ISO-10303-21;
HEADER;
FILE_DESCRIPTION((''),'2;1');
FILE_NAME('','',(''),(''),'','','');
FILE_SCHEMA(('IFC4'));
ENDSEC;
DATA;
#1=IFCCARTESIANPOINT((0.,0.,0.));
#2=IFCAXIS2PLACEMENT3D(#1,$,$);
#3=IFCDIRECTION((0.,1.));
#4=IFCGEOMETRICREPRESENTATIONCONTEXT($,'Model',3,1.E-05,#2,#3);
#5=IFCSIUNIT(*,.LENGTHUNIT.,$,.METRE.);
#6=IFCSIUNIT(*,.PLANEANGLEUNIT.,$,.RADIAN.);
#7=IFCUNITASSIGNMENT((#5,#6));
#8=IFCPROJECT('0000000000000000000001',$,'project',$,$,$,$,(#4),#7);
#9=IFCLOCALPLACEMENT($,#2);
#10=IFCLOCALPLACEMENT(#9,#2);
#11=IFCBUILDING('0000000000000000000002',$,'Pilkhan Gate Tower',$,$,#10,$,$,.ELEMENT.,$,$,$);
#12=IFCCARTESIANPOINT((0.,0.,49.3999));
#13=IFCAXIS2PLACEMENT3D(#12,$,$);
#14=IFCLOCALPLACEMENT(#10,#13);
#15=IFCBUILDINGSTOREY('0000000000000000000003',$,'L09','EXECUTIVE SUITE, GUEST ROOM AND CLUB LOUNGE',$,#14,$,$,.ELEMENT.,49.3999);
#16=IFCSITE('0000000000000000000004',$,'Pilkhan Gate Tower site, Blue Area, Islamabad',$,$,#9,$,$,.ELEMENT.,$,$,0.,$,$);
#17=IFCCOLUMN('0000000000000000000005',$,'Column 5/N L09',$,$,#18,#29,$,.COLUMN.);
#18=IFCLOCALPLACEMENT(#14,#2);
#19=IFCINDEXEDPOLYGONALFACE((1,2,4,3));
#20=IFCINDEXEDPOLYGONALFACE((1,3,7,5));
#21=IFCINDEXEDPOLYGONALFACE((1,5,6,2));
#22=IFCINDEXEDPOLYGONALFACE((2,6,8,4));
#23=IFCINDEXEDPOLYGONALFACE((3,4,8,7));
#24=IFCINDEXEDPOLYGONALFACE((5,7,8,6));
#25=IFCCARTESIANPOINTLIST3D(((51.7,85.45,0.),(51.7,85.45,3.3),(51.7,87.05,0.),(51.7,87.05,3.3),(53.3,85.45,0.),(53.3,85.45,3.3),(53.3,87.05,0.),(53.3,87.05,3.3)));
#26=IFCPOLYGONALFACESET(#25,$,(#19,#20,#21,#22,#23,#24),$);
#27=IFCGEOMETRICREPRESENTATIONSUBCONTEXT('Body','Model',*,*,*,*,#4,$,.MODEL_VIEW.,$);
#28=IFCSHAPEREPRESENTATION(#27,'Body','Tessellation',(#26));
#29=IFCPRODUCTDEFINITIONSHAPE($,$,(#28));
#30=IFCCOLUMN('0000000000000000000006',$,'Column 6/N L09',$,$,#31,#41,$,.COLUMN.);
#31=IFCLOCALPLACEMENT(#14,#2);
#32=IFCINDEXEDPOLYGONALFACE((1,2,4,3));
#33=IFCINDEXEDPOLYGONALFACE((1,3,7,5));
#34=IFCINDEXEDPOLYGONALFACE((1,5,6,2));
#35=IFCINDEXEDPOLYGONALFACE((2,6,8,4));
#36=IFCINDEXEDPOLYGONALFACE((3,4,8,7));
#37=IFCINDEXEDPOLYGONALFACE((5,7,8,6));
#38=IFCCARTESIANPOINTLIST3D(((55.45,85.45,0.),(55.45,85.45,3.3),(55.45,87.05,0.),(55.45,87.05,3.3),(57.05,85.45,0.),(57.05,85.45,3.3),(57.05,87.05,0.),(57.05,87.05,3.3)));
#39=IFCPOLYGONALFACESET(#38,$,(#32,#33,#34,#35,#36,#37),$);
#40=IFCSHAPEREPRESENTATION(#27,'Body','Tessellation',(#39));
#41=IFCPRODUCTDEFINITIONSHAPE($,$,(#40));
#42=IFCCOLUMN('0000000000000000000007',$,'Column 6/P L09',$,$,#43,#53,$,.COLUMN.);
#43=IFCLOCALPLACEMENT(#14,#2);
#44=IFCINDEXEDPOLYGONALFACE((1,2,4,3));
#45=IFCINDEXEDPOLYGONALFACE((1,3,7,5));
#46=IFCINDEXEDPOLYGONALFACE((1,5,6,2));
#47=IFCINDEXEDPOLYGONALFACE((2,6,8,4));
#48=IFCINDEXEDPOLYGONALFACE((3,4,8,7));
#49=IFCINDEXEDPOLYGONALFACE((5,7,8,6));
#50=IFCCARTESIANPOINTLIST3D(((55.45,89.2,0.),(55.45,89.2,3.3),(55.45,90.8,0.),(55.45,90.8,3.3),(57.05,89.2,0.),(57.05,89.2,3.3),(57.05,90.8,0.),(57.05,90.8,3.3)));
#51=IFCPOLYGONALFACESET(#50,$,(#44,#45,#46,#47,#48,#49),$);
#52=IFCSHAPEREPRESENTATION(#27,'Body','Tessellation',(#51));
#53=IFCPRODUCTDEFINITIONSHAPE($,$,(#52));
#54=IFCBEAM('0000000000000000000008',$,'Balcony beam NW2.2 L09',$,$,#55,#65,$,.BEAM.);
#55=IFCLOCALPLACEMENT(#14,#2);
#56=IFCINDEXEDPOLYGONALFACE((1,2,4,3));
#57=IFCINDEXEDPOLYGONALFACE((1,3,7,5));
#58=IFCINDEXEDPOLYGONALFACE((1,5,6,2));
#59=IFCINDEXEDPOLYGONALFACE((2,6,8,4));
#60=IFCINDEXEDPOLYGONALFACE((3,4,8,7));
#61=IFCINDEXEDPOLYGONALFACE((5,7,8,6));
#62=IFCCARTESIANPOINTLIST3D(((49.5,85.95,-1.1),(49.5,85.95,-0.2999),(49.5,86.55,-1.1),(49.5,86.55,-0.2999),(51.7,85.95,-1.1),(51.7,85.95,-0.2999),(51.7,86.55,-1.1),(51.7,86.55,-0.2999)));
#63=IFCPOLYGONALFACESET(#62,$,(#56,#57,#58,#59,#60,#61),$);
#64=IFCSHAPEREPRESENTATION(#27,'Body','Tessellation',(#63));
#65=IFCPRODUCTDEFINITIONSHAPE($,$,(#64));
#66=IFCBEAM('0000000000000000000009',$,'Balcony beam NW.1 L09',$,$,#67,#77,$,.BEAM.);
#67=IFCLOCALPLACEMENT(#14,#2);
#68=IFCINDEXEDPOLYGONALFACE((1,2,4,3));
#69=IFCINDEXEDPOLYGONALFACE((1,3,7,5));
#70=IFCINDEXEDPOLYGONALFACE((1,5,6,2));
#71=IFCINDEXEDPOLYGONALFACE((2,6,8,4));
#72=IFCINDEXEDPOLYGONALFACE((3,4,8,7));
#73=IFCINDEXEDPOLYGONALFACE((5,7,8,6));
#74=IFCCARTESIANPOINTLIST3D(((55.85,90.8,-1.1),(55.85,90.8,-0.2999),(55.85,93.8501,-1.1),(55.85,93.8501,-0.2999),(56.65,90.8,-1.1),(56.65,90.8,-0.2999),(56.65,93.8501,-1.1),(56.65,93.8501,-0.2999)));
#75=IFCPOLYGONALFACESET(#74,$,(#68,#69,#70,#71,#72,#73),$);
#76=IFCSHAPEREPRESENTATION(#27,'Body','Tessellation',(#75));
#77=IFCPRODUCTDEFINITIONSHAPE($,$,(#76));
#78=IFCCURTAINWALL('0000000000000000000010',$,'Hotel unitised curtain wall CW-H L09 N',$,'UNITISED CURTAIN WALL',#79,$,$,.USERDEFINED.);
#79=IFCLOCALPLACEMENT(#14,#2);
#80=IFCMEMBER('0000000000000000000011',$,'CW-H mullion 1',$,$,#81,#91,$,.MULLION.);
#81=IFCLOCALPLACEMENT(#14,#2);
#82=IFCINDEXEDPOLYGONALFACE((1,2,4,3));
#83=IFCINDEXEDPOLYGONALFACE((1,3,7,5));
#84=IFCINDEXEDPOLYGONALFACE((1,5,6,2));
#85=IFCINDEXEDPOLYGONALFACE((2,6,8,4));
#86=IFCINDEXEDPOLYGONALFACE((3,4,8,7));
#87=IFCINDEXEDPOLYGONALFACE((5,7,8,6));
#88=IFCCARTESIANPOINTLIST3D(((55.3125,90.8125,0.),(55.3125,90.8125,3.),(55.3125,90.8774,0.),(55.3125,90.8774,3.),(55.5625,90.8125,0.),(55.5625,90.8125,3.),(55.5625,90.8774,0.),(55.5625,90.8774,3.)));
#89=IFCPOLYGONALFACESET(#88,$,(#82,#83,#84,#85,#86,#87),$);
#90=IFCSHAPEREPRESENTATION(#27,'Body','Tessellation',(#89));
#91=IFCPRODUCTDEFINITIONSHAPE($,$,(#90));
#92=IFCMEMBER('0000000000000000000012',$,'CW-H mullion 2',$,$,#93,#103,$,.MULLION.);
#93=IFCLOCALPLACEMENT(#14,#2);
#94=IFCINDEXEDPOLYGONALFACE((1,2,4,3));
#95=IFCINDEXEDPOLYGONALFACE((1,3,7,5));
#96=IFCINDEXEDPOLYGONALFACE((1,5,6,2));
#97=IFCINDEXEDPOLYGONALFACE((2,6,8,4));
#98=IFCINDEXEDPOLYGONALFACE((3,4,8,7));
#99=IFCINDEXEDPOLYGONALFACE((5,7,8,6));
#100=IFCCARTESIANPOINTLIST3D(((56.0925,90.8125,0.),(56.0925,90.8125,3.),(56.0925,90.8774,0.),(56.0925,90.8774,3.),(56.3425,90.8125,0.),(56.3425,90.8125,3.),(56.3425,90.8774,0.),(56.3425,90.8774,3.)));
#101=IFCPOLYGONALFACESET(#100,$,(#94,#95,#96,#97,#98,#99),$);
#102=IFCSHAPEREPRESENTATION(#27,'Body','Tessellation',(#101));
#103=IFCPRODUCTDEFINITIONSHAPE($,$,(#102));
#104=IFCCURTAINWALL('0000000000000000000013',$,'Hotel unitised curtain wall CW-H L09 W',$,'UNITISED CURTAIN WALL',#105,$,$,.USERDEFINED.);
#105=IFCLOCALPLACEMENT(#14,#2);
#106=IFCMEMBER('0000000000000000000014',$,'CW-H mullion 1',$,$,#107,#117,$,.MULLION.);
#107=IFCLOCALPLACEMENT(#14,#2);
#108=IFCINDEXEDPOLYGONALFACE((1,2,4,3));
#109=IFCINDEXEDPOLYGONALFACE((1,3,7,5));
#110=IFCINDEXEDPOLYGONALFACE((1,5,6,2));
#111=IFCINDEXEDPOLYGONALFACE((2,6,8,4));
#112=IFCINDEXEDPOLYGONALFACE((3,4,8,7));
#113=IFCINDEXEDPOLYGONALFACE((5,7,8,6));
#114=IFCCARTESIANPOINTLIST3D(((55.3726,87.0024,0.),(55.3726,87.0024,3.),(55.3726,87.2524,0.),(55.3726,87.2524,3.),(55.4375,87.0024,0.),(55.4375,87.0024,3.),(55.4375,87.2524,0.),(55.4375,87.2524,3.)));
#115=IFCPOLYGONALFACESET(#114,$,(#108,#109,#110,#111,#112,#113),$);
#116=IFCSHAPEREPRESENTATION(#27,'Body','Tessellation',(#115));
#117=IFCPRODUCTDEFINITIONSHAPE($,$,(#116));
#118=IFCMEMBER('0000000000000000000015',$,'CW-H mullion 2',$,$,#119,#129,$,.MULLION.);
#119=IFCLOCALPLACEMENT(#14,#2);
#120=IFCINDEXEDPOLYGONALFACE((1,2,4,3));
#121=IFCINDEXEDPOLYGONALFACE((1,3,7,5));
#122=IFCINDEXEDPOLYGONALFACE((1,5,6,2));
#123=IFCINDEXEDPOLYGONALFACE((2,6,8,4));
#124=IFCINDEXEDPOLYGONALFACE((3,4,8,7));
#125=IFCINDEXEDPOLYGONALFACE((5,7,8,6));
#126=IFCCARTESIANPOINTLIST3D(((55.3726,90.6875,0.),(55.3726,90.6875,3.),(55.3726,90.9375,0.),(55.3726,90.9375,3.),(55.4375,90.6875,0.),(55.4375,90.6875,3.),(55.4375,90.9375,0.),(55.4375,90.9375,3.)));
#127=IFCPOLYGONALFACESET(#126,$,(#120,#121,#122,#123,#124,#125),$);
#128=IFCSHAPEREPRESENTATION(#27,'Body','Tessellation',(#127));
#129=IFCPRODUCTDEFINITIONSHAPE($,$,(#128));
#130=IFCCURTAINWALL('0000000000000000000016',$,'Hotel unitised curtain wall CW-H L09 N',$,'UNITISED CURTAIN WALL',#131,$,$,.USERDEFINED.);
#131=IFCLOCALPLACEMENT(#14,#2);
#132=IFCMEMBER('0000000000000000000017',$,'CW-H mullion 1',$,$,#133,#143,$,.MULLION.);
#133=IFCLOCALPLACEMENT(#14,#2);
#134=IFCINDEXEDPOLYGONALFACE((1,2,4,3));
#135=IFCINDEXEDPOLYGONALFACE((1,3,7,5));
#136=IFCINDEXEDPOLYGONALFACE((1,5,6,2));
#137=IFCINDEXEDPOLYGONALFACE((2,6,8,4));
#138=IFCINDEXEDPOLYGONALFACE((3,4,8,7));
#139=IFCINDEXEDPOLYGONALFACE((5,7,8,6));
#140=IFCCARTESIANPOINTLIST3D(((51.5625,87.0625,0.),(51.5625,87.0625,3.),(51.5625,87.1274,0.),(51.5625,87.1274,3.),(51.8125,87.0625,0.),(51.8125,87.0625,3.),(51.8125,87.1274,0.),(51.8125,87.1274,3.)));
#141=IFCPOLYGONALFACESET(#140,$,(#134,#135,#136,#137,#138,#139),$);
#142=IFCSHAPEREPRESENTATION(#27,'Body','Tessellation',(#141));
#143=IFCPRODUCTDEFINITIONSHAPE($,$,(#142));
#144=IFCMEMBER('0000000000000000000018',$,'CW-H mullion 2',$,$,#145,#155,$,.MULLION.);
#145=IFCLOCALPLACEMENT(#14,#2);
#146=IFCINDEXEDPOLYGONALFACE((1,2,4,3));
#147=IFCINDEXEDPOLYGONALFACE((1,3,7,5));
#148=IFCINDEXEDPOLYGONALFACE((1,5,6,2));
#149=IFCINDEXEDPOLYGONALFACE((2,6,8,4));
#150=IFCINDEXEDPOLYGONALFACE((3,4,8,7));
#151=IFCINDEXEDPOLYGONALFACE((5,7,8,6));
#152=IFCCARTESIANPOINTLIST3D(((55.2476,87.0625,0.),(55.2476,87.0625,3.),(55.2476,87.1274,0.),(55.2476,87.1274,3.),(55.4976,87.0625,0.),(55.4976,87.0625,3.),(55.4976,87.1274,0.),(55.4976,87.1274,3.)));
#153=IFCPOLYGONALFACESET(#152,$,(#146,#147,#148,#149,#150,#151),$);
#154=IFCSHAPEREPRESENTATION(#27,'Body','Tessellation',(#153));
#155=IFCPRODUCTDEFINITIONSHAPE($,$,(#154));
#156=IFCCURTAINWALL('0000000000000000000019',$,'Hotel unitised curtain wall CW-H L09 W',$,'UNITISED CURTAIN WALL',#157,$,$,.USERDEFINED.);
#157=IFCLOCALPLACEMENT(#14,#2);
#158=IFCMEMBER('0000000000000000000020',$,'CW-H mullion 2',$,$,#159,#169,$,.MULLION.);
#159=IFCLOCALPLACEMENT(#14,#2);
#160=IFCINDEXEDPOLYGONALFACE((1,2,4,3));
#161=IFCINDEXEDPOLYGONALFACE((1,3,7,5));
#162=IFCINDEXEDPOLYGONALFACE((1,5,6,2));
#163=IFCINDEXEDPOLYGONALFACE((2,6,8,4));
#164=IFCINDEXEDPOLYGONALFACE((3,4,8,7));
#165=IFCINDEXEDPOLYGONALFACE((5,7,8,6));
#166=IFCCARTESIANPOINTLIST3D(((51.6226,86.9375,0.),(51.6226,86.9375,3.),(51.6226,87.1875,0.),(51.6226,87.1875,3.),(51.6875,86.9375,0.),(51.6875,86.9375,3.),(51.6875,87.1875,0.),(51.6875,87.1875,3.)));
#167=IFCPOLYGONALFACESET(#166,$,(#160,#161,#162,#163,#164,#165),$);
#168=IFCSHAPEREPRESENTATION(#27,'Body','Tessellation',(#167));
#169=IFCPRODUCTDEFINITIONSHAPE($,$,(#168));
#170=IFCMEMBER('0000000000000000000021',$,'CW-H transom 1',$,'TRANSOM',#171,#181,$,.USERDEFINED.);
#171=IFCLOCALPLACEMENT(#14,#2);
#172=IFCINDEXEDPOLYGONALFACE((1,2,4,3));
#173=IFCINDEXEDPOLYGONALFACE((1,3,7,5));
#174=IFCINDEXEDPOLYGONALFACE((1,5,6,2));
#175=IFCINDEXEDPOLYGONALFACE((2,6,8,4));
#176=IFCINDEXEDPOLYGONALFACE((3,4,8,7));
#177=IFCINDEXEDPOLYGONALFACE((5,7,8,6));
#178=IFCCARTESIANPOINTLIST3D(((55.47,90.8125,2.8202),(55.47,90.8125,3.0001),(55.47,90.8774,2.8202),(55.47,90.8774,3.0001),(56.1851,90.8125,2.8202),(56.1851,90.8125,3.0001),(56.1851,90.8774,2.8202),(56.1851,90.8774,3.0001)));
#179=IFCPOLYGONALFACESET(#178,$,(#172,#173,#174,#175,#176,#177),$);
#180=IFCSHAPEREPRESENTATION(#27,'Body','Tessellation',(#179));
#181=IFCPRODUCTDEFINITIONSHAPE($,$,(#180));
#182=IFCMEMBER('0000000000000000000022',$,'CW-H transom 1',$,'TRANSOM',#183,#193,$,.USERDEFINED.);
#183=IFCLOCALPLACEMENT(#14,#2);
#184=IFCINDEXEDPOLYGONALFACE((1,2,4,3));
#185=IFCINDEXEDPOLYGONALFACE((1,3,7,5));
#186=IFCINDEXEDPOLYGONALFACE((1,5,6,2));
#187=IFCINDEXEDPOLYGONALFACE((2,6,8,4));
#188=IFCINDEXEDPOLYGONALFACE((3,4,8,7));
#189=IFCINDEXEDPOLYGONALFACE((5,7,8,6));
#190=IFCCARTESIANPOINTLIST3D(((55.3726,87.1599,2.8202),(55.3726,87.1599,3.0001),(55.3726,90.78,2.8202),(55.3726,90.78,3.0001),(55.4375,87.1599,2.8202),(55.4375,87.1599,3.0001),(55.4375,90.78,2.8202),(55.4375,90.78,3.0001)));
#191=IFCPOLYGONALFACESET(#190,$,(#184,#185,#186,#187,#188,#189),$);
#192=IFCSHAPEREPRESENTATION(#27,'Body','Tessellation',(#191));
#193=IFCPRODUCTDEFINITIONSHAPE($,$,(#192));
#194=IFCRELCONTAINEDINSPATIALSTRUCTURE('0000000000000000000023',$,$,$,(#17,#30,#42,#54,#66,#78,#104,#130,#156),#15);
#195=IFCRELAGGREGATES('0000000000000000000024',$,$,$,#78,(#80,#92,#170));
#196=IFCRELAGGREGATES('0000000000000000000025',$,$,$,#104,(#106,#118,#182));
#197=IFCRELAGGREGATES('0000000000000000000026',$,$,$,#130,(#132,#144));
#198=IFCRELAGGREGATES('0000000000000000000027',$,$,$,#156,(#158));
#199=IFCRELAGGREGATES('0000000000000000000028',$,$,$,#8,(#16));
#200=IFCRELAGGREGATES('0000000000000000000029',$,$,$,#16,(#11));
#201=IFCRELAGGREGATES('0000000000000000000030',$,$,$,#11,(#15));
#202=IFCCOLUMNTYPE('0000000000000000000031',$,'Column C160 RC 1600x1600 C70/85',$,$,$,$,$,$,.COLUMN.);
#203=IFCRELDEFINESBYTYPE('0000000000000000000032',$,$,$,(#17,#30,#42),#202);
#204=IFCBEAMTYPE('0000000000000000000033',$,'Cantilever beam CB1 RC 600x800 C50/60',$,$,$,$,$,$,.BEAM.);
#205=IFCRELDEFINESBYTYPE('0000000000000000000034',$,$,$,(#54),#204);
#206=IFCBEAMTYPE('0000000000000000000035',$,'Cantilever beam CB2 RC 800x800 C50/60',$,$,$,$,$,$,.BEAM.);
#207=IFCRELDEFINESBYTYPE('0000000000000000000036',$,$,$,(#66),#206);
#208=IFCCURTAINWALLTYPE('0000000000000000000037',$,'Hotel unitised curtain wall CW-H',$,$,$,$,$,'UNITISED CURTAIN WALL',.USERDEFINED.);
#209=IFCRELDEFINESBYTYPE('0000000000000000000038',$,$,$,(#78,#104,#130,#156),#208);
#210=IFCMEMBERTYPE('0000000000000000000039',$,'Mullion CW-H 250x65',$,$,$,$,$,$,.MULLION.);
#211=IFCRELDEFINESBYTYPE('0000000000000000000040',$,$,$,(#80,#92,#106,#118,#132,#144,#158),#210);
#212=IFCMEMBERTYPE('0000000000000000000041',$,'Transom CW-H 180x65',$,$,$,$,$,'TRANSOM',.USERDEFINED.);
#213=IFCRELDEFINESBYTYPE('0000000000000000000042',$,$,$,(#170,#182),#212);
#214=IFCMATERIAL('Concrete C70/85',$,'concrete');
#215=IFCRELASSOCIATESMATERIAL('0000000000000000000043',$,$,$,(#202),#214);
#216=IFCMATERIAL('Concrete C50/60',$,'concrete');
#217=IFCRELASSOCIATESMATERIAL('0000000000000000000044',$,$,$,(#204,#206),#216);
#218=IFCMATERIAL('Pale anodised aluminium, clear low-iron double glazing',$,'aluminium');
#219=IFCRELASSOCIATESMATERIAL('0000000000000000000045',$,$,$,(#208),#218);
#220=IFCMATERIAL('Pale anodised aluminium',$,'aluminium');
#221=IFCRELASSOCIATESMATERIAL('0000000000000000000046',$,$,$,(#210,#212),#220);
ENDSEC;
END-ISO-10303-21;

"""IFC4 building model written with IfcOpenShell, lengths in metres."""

from ifc_helpers import new_model, si_unit, direction, frame, origin, origin_2d, place, context, subcontext, project, spatial, rectangle, extrude, material, material_profile, profile_set, type_object, element, aggregate, save


model = new_model("IFC4")

# Units and contexts
model_context = context("Model", 3, precision=1e-05, world=origin(), true_north=direction((0.0, 1.0)))
body_context = subcontext(model_context, "Body", "Model", "MODEL_VIEW")
ifc_project = project(units=[si_unit("LENGTHUNIT", "METRE"), si_unit("PLANEANGLEUNIT", "RADIAN")], contexts=[model_context])

# Site, building, storey
site_placement = place(None, origin())
site = spatial("IfcSite", under=ifc_project, at=site_placement, Name="Pilkhan Gate Tower site, Blue Area, Islamabad", CompositionType="ELEMENT", RefElevation=0.0)
building_placement = place(site_placement, origin())
building = spatial("IfcBuilding", under=site, at=building_placement, Name="Pilkhan Gate Tower", CompositionType="ELEMENT")
storey_placement = place(building_placement, frame((0.0, 0.0, 49.3999)))
storey = spatial("IfcBuildingStorey", under=building, at=storey_placement, Name="L09", Description="EXECUTIVE SUITE, GUEST ROOM AND CLUB LOUNGE", CompositionType="ELEMENT", Elevation=49.3999)

# Columns
ifc_material_1 = material(Name="Concrete C70/85", Category="concrete")
ifc_material_profile_1 = material_profile(ifc_material_1, rectangle(XDim=1.6001, YDim=1.6001, at=origin_2d()), Name="RC 1600x1600")
ifc_profile_set_1 = profile_set([ifc_material_profile_1], Name="Concrete C70/85")
column_type = type_object("IfcColumnType", Name="Column C160 RC 1600x1600 C70/85", PredefinedType="COLUMN", material=ifc_profile_set_1)
for number, where, z_axis, x_axis, name in (
    (1, (52.5, 86.25, 0.0), (0.0, 0.0, 1.0), (1.0, 0.0, 0.0), "Column 5/N L09"),
    (2, (56.25, 86.25, 0.0), (0.0, 0.0, 1.0), (1.0, 0.0, 0.0), "Column 6/N L09"),
    (3, (56.25, 90.0, 0.0), (0.0, 0.0, 1.0), (1.0, 0.0, 0.0), "Column 6/P L09"),
):
    element("IfcColumn", number, at=place(storey_placement, frame(where, z_axis=z_axis, x_axis=x_axis)), inside=storey, type_object=column_type, Name=name, PredefinedType="COLUMN", context=body_context, shape_type="SweptSolid", body=[
        extrude(rectangle(XDim=1.6001, YDim=1.6001, at=origin_2d()), origin(), (0.0, 0.0, 1.0), 3.3),
    ])

# Beams
ifc_material_2 = material(Name="Concrete C50/60", Category="concrete")
ifc_material_profile_2 = material_profile(ifc_material_2, rectangle(XDim=0.6001, YDim=0.8, at=origin_2d()), Name="RC 600x800")
ifc_profile_set_2 = profile_set([ifc_material_profile_2], Name="Concrete C50/60")
beam_type_1 = type_object("IfcBeamType", Name="Cantilever beam CB1 RC 600x800 C50/60", PredefinedType="BEAM", material=ifc_profile_set_2)
beam_1_placement = place(storey_placement, frame((51.7, 86.25, -0.7), z_axis=(-1.0, 0.0, 0.0), x_axis=(0.0, -1.0, 0.0)))
element("IfcBeam", 4, at=beam_1_placement, inside=storey, type_object=beam_type_1, Name="Balcony beam NW2.2 L09", PredefinedType="BEAM", context=body_context, shape_type="SweptSolid", body=[
    extrude(rectangle(XDim=0.6001, YDim=0.8, at=origin_2d()), origin(), (0.0, 0.0, 1.0), 2.2),
])
ifc_material_profile_3 = material_profile(ifc_material_2, rectangle(XDim=0.8, YDim=0.8, at=origin_2d()), Name="RC 800x800")
ifc_profile_set_3 = profile_set([ifc_material_profile_3], Name="Concrete C50/60")
beam_type_2 = type_object("IfcBeamType", Name="Cantilever beam CB2 RC 800x800 C50/60", PredefinedType="BEAM", material=ifc_profile_set_3)
beam_2_placement = place(storey_placement, frame((56.25, 90.8, -0.7), z_axis=(0.0, 1.0, 0.0), x_axis=(-1.0, 0.0, 0.0)))
element("IfcBeam", 5, at=beam_2_placement, inside=storey, type_object=beam_type_2, Name="Balcony beam NW.1 L09", PredefinedType="BEAM", context=body_context, shape_type="SweptSolid", body=[
    extrude(rectangle(XDim=0.8, YDim=0.8, at=origin_2d()), origin(), (0.0, 0.0, 1.0), 3.05),
])

# Curtain walls, members
ifc_material_3 = material(Name="Pale anodised aluminium, clear low-iron double glazing", Category="aluminium")
curtain_wall_type = type_object("IfcCurtainWallType", Name="Hotel unitised curtain wall CW-H", ElementType="UNITISED CURTAIN WALL", PredefinedType="USERDEFINED", material=ifc_material_3)
curtain_wall_1_placement = place(storey_placement, origin())
curtain_wall_1 = element("IfcCurtainWall", 6, at=curtain_wall_1_placement, inside=storey, type_object=curtain_wall_type, Name="Hotel unitised curtain wall CW-H L09 N", ObjectType="UNITISED CURTAIN WALL", PredefinedType="USERDEFINED")
ifc_material_4 = material(Name="Pale anodised aluminium", Category="aluminium")
ifc_material_profile_4 = material_profile(ifc_material_4, rectangle(XDim=0.0649, YDim=0.25, at=origin_2d()), Name="Mullion 250x65")
ifc_profile_set_4 = profile_set([ifc_material_profile_4], Name="Pale anodised aluminium")
member_type_1 = type_object("IfcMemberType", Name="Mullion CW-H 250x65", PredefinedType="MULLION", material=ifc_profile_set_4)
member_1_placement = place(storey_placement, frame((55.4375, 90.845, 0.0), z_axis=(0.0, 0.0, 1.0), x_axis=(0.0, 1.0, 0.0)))
member_1 = element("IfcMember", 7, at=member_1_placement, type_object=member_type_1, Name="CW-H mullion 1", PredefinedType="MULLION", context=body_context, shape_type="SweptSolid", body=[
    extrude(rectangle(XDim=0.0649, YDim=0.25, at=origin_2d()), origin(), (0.0, 0.0, 1.0), 3.0),
])
member_2_placement = place(storey_placement, frame((56.2175, 90.845, 0.0), z_axis=(0.0, 0.0, 1.0), x_axis=(0.0, 1.0, 0.0)))
member_2 = element("IfcMember", 8, at=member_2_placement, type_object=member_type_1, Name="CW-H mullion 2", PredefinedType="MULLION", context=body_context, shape_type="SweptSolid", body=[
    extrude(rectangle(XDim=0.0649, YDim=0.25, at=origin_2d()), origin(), (0.0, 0.0, 1.0), 3.0),
])
curtain_wall_2_placement = place(storey_placement, origin())
curtain_wall_2 = element("IfcCurtainWall", 9, at=curtain_wall_2_placement, inside=storey, type_object=curtain_wall_type, Name="Hotel unitised curtain wall CW-H L09 W", ObjectType="UNITISED CURTAIN WALL", PredefinedType="USERDEFINED")
member_3_placement = place(storey_placement, frame((55.405, 87.1274, 0.0), z_axis=(0.0, 0.0, 1.0), x_axis=(-1.0, 0.0, 0.0)))
member_3 = element("IfcMember", 10, at=member_3_placement, type_object=member_type_1, Name="CW-H mullion 1", PredefinedType="MULLION", context=body_context, shape_type="SweptSolid", body=[
    extrude(rectangle(XDim=0.0649, YDim=0.25, at=origin_2d()), origin(), (0.0, 0.0, 1.0), 3.0),
])
member_4_placement = place(storey_placement, frame((55.405, 90.8125, 0.0), z_axis=(0.0, 0.0, 1.0), x_axis=(-1.0, 0.0, 0.0)))
member_4 = element("IfcMember", 11, at=member_4_placement, type_object=member_type_1, Name="CW-H mullion 2", PredefinedType="MULLION", context=body_context, shape_type="SweptSolid", body=[
    extrude(rectangle(XDim=0.0649, YDim=0.25, at=origin_2d()), origin(), (0.0, 0.0, 1.0), 3.0),
])
curtain_wall_3_placement = place(storey_placement, origin())
curtain_wall_3 = element("IfcCurtainWall", 12, at=curtain_wall_3_placement, inside=storey, type_object=curtain_wall_type, Name="Hotel unitised curtain wall CW-H L09 N", ObjectType="UNITISED CURTAIN WALL", PredefinedType="USERDEFINED")
member_5_placement = place(storey_placement, frame((51.6875, 87.095, 0.0), z_axis=(0.0, 0.0, 1.0), x_axis=(0.0, 1.0, 0.0)))
member_5 = element("IfcMember", 13, at=member_5_placement, type_object=member_type_1, Name="CW-H mullion 1", PredefinedType="MULLION", context=body_context, shape_type="SweptSolid", body=[
    extrude(rectangle(XDim=0.0649, YDim=0.25, at=origin_2d()), origin(), (0.0, 0.0, 1.0), 3.0),
])
member_6_placement = place(storey_placement, frame((55.3726, 87.095, 0.0), z_axis=(0.0, 0.0, 1.0), x_axis=(0.0, 1.0, 0.0)))
member_6 = element("IfcMember", 14, at=member_6_placement, type_object=member_type_1, Name="CW-H mullion 2", PredefinedType="MULLION", context=body_context, shape_type="SweptSolid", body=[
    extrude(rectangle(XDim=0.0649, YDim=0.25, at=origin_2d()), origin(), (0.0, 0.0, 1.0), 3.0),
])

# Curtain wall, member
curtain_wall_4_placement = place(storey_placement, origin())
curtain_wall_4 = element("IfcCurtainWall", 15, at=curtain_wall_4_placement, inside=storey, type_object=curtain_wall_type, Name="Hotel unitised curtain wall CW-H L09 W", ObjectType="UNITISED CURTAIN WALL", PredefinedType="USERDEFINED")
member_7_placement = place(storey_placement, frame((51.655, 87.0625, 0.0), z_axis=(0.0, 0.0, 1.0), x_axis=(-1.0, 0.0, 0.0)))
member_7 = element("IfcMember", 16, at=member_7_placement, type_object=member_type_1, Name="CW-H mullion 2", PredefinedType="MULLION", context=body_context, shape_type="SweptSolid", body=[
    extrude(rectangle(XDim=0.0649, YDim=0.25, at=origin_2d()), origin(), (0.0, 0.0, 1.0), 3.0),
])

# Members
ifc_material_profile_5 = material_profile(ifc_material_4, rectangle(XDim=0.0649, YDim=0.1799, at=origin_2d()), Name="Transom 180x65")
ifc_profile_set_5 = profile_set([ifc_material_profile_5], Name="Pale anodised aluminium")
member_type_2 = type_object("IfcMemberType", Name="Transom CW-H 180x65", ElementType="TRANSOM", PredefinedType="USERDEFINED", material=ifc_profile_set_5)
member_8_placement = place(storey_placement, frame((55.47, 90.845, 2.9102), z_axis=(1.0, 0.0, 0.0), x_axis=(0.0, 1.0, 0.0)))
member_8 = element("IfcMember", 17, at=member_8_placement, type_object=member_type_2, Name="CW-H transom 1", ObjectType="TRANSOM", PredefinedType="USERDEFINED", context=body_context, shape_type="SweptSolid", body=[
    extrude(rectangle(XDim=0.0649, YDim=0.1799, at=origin_2d()), origin(), (0.0, 0.0, 1.0), 0.7151),
])
member_9_placement = place(storey_placement, frame((55.405, 87.1599, 2.9102), z_axis=(0.0, 1.0, 0.0), x_axis=(-1.0, 0.0, 0.0)))
member_9 = element("IfcMember", 18, at=member_9_placement, type_object=member_type_2, Name="CW-H transom 1", ObjectType="TRANSOM", PredefinedType="USERDEFINED", context=body_context, shape_type="SweptSolid", body=[
    extrude(rectangle(XDim=0.0649, YDim=0.1799, at=origin_2d()), origin(), (0.0, 0.0, 1.0), 3.6201),
])

aggregate(curtain_wall_1, [member_1, member_2, member_8])
aggregate(curtain_wall_2, [member_3, member_4, member_9])
aggregate(curtain_wall_3, [member_5, member_6])
aggregate(curtain_wall_4, [member_7])

save(model, "model.ifc")
